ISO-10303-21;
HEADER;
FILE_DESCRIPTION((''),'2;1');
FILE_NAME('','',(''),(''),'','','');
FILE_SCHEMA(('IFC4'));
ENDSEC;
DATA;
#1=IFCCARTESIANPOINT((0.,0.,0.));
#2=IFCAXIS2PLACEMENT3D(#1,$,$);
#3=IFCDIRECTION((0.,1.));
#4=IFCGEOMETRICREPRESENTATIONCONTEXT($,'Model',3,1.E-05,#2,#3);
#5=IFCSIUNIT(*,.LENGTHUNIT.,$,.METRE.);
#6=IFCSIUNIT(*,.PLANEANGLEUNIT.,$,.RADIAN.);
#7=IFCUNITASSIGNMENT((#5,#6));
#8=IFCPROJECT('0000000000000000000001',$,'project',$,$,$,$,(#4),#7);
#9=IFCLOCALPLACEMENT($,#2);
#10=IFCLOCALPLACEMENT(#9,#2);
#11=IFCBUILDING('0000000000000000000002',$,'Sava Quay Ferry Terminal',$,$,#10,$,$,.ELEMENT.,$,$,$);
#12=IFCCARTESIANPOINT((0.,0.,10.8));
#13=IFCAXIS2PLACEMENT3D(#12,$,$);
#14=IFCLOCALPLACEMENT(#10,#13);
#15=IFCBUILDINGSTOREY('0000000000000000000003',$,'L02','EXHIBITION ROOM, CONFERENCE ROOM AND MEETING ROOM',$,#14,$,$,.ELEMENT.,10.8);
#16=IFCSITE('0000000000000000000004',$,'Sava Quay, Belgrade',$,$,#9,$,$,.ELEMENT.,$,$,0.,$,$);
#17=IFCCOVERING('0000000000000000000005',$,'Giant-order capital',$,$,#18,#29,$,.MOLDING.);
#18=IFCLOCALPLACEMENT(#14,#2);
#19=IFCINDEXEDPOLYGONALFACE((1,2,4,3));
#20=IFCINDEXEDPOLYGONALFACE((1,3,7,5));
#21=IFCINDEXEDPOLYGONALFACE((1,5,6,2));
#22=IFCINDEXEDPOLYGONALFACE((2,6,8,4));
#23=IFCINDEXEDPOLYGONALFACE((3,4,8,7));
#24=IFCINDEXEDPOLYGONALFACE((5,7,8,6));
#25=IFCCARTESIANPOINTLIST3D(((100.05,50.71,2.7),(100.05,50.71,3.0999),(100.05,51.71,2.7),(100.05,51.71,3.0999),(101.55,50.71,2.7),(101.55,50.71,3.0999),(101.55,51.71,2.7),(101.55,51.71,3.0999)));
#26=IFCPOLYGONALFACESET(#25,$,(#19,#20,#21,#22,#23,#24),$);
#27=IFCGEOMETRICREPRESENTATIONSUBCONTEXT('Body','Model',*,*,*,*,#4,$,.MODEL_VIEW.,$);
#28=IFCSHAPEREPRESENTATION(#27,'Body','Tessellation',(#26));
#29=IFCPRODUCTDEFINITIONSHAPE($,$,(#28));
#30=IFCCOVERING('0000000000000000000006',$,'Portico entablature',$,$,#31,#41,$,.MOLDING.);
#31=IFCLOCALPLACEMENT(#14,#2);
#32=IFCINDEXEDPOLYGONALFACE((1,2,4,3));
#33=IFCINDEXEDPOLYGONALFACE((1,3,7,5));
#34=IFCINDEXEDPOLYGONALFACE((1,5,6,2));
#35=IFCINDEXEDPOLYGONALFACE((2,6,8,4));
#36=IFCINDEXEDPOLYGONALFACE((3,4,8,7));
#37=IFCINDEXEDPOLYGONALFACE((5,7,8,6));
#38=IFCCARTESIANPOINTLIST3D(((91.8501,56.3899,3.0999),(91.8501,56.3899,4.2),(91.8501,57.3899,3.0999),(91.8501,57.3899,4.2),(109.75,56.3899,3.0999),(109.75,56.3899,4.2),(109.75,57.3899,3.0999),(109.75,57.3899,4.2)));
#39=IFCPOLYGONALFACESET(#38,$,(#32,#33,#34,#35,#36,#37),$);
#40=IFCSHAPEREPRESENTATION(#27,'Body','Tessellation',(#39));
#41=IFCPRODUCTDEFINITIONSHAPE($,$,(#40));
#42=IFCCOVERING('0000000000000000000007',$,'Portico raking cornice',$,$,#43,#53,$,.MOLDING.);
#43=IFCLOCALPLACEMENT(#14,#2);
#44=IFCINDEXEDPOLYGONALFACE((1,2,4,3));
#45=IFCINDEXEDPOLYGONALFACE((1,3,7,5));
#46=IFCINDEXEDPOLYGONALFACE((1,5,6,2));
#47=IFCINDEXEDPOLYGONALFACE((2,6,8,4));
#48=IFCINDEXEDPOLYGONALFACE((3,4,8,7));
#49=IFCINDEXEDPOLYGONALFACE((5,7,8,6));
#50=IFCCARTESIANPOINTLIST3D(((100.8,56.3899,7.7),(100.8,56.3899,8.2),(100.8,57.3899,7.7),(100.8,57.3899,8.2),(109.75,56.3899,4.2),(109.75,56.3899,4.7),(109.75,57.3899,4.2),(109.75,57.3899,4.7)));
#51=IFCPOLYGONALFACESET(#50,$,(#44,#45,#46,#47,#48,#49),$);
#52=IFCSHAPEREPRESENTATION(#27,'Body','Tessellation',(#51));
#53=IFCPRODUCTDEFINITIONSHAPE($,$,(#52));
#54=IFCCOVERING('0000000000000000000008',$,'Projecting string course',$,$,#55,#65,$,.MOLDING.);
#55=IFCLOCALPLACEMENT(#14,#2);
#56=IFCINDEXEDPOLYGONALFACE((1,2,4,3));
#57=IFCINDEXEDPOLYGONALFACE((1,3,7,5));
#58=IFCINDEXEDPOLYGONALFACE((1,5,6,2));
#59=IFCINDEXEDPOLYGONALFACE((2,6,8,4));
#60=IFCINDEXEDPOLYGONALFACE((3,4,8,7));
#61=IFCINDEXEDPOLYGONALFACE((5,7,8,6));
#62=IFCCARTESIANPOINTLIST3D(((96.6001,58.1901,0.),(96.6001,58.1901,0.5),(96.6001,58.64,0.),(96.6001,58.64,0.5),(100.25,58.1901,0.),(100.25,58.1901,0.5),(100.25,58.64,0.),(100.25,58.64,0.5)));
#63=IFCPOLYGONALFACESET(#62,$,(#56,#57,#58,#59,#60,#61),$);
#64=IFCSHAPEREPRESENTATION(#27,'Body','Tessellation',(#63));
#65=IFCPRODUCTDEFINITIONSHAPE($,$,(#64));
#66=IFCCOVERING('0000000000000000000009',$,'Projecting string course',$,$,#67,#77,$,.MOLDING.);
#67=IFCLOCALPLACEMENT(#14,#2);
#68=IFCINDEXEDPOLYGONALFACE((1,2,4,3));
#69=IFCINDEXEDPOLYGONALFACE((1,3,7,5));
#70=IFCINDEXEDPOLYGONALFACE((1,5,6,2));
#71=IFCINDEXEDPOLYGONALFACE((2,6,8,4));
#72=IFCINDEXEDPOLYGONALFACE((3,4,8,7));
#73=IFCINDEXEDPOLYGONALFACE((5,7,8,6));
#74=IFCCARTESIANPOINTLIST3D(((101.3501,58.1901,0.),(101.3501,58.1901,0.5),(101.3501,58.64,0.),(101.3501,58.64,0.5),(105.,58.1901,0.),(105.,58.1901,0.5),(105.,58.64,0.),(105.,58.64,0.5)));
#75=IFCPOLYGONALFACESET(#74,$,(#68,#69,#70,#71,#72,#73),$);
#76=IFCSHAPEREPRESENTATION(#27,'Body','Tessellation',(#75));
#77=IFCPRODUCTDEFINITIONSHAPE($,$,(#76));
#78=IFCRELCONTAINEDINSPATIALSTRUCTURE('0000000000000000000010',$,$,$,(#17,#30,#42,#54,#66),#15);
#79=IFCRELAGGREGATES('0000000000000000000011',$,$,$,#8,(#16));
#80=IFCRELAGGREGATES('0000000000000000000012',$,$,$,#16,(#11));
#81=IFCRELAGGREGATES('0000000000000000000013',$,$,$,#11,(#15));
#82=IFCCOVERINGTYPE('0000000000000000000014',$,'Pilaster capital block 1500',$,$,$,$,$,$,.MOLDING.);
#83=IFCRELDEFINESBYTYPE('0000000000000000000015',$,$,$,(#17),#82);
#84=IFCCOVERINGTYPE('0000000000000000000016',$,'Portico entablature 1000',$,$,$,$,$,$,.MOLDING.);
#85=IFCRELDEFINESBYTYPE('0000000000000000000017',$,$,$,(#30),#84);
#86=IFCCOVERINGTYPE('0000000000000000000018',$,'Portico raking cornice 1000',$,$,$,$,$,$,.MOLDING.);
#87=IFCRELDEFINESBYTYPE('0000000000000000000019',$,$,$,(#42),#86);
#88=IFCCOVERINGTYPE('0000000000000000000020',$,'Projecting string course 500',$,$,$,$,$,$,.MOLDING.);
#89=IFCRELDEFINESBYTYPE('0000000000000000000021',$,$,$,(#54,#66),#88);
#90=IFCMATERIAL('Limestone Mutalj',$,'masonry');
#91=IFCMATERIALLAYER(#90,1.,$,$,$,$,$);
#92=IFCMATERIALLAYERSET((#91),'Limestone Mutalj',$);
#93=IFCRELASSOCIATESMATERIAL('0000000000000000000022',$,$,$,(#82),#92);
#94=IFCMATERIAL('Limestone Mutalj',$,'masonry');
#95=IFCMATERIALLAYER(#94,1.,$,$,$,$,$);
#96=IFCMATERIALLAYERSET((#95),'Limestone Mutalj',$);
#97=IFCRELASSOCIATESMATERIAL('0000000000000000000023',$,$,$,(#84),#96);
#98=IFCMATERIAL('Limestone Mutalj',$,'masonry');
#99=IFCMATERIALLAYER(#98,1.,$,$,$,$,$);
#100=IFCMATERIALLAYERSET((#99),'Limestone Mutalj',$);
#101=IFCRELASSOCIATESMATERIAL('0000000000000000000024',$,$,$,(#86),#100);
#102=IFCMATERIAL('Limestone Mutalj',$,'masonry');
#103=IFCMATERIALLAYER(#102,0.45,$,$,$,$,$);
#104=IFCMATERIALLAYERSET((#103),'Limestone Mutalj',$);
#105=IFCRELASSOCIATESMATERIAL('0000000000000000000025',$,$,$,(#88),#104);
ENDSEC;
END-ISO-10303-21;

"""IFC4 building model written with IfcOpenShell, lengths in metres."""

from ifc_helpers import new_model, si_unit, direction, frame, origin, origin_2d, place, context, subcontext, project, spatial, polyline, rectangle, outline, extrude, material, layer, layer_set, type_object, element, save


model = new_model("IFC4")

# Units and contexts
model_context = context("Model", 3, precision=1e-05, world=origin(), true_north=direction((0.0, 1.0)))
body_context = subcontext(model_context, "Body", "Model", "MODEL_VIEW")
ifc_project = project(units=[si_unit("LENGTHUNIT", "METRE"), si_unit("PLANEANGLEUNIT", "RADIAN")], contexts=[model_context])

# Site, building, storey
site_placement = place(None, origin())
site = spatial("IfcSite", under=ifc_project, at=site_placement, Name="Sava Quay, Belgrade", CompositionType="ELEMENT", RefElevation=0.0)
building_placement = place(site_placement, origin())
building = spatial("IfcBuilding", under=site, at=building_placement, Name="Sava Quay Ferry Terminal", CompositionType="ELEMENT")
storey_placement = place(building_placement, frame((0.0, 0.0, 10.8)))
storey = spatial("IfcBuildingStorey", under=building, at=storey_placement, Name="L02", Description="EXHIBITION ROOM, CONFERENCE ROOM AND MEETING ROOM", CompositionType="ELEMENT", Elevation=10.8)

# Coverings
ifc_material_1 = material(Name="Limestone Mutalj", Category="masonry")
ifc_layer_1 = layer(ifc_material_1, 1.0)
ifc_layer_set_1 = layer_set([ifc_layer_1], Name="Limestone Mutalj")
covering_type_1 = type_object("IfcCoveringType", Name="Pilaster capital block 1500", PredefinedType="MOLDING", material=ifc_layer_set_1)
for number, where, z_axis, x_axis, name in (
    (1, (100.8, 51.21, 2.7), (0.0, 0.0, 1.0), (1.0, 0.0, 0.0), "Giant-order capital"),
):
    element("IfcCovering", number, at=place(storey_placement, frame(where, z_axis=z_axis, x_axis=x_axis)), inside=storey, type_object=covering_type_1, Name=name, PredefinedType="MOLDING", context=body_context, shape_type="SweptSolid", body=[
        extrude(rectangle(XDim=1.5, YDim=1.0, at=origin_2d()), origin(), (0.0, 0.0, 1.0), 0.3999),
    ])
ifc_material_2 = material(Name="Limestone Mutalj", Category="masonry")
ifc_layer_2 = layer(ifc_material_2, 1.0)
ifc_layer_set_2 = layer_set([ifc_layer_2], Name="Limestone Mutalj")
covering_type_2 = type_object("IfcCoveringType", Name="Portico entablature 1000", PredefinedType="MOLDING", material=ifc_layer_set_2)
covering_1_placement = place(storey_placement, frame((100.8, 56.8899, 3.0999), z_axis=(0.0, 0.0, 1.0), x_axis=(1.0, 0.0, 0.0)))
element("IfcCovering", 2, at=covering_1_placement, inside=storey, type_object=covering_type_2, Name="Portico entablature", PredefinedType="MOLDING", context=body_context, shape_type="SweptSolid", body=[
    extrude(rectangle(XDim=17.8999, YDim=1.0, at=origin_2d()), origin(), (0.0, 0.0, 1.0), 1.1001),
])
ifc_material_3 = material(Name="Limestone Mutalj", Category="masonry")
ifc_layer_3 = layer(ifc_material_3, 1.0)
ifc_layer_set_3 = layer_set([ifc_layer_3], Name="Limestone Mutalj")
covering_type_3 = type_object("IfcCoveringType", Name="Portico raking cornice 1000", PredefinedType="MOLDING", material=ifc_layer_set_3)
covering_2_placement = place(storey_placement, frame((100.8, 56.3899, 7.7), z_axis=(0.0, -1.0, 0.0), x_axis=(0.931319, 0.0, -0.364205)))
element("IfcCovering", 3, at=covering_2_placement, inside=storey, type_object=covering_type_3, Name="Portico raking cornice", PredefinedType="MOLDING", context=body_context, shape_type="SweptSolid", body=[
    extrude(outline(polyline([(0.0, 0.0), (9.61, 0.0), (9.4279, 0.4657), (-0.1821, 0.4657), (0.0, 0.0)])), origin(), (0.0, 0.0, -1.0), 1.0),
])
ifc_material_4 = material(Name="Limestone Mutalj", Category="masonry")
ifc_layer_4 = layer(ifc_material_4, 0.45)
ifc_layer_set_4 = layer_set([ifc_layer_4], Name="Limestone Mutalj")
covering_type_4 = type_object("IfcCoveringType", Name="Projecting string course 500", PredefinedType="MOLDING", material=ifc_layer_set_4)
for number, where, z_axis, x_axis, name in (
    (4, (98.425, 58.415, 0.0), (0.0, 0.0, 1.0), (1.0, 0.0, 0.0), "Projecting string course"),
    (5, (103.175, 58.415, 0.0), (0.0, 0.0, 1.0), (1.0, 0.0, 0.0), "Projecting string course"),
):
    element("IfcCovering", number, at=place(storey_placement, frame(where, z_axis=z_axis, x_axis=x_axis)), inside=storey, type_object=covering_type_4, Name=name, PredefinedType="MOLDING", context=body_context, shape_type="SweptSolid", body=[
        extrude(rectangle(XDim=3.6499, YDim=0.45, at=origin_2d()), origin(), (0.0, 0.0, 1.0), 0.5),
    ])

save(model, "model.ifc")
